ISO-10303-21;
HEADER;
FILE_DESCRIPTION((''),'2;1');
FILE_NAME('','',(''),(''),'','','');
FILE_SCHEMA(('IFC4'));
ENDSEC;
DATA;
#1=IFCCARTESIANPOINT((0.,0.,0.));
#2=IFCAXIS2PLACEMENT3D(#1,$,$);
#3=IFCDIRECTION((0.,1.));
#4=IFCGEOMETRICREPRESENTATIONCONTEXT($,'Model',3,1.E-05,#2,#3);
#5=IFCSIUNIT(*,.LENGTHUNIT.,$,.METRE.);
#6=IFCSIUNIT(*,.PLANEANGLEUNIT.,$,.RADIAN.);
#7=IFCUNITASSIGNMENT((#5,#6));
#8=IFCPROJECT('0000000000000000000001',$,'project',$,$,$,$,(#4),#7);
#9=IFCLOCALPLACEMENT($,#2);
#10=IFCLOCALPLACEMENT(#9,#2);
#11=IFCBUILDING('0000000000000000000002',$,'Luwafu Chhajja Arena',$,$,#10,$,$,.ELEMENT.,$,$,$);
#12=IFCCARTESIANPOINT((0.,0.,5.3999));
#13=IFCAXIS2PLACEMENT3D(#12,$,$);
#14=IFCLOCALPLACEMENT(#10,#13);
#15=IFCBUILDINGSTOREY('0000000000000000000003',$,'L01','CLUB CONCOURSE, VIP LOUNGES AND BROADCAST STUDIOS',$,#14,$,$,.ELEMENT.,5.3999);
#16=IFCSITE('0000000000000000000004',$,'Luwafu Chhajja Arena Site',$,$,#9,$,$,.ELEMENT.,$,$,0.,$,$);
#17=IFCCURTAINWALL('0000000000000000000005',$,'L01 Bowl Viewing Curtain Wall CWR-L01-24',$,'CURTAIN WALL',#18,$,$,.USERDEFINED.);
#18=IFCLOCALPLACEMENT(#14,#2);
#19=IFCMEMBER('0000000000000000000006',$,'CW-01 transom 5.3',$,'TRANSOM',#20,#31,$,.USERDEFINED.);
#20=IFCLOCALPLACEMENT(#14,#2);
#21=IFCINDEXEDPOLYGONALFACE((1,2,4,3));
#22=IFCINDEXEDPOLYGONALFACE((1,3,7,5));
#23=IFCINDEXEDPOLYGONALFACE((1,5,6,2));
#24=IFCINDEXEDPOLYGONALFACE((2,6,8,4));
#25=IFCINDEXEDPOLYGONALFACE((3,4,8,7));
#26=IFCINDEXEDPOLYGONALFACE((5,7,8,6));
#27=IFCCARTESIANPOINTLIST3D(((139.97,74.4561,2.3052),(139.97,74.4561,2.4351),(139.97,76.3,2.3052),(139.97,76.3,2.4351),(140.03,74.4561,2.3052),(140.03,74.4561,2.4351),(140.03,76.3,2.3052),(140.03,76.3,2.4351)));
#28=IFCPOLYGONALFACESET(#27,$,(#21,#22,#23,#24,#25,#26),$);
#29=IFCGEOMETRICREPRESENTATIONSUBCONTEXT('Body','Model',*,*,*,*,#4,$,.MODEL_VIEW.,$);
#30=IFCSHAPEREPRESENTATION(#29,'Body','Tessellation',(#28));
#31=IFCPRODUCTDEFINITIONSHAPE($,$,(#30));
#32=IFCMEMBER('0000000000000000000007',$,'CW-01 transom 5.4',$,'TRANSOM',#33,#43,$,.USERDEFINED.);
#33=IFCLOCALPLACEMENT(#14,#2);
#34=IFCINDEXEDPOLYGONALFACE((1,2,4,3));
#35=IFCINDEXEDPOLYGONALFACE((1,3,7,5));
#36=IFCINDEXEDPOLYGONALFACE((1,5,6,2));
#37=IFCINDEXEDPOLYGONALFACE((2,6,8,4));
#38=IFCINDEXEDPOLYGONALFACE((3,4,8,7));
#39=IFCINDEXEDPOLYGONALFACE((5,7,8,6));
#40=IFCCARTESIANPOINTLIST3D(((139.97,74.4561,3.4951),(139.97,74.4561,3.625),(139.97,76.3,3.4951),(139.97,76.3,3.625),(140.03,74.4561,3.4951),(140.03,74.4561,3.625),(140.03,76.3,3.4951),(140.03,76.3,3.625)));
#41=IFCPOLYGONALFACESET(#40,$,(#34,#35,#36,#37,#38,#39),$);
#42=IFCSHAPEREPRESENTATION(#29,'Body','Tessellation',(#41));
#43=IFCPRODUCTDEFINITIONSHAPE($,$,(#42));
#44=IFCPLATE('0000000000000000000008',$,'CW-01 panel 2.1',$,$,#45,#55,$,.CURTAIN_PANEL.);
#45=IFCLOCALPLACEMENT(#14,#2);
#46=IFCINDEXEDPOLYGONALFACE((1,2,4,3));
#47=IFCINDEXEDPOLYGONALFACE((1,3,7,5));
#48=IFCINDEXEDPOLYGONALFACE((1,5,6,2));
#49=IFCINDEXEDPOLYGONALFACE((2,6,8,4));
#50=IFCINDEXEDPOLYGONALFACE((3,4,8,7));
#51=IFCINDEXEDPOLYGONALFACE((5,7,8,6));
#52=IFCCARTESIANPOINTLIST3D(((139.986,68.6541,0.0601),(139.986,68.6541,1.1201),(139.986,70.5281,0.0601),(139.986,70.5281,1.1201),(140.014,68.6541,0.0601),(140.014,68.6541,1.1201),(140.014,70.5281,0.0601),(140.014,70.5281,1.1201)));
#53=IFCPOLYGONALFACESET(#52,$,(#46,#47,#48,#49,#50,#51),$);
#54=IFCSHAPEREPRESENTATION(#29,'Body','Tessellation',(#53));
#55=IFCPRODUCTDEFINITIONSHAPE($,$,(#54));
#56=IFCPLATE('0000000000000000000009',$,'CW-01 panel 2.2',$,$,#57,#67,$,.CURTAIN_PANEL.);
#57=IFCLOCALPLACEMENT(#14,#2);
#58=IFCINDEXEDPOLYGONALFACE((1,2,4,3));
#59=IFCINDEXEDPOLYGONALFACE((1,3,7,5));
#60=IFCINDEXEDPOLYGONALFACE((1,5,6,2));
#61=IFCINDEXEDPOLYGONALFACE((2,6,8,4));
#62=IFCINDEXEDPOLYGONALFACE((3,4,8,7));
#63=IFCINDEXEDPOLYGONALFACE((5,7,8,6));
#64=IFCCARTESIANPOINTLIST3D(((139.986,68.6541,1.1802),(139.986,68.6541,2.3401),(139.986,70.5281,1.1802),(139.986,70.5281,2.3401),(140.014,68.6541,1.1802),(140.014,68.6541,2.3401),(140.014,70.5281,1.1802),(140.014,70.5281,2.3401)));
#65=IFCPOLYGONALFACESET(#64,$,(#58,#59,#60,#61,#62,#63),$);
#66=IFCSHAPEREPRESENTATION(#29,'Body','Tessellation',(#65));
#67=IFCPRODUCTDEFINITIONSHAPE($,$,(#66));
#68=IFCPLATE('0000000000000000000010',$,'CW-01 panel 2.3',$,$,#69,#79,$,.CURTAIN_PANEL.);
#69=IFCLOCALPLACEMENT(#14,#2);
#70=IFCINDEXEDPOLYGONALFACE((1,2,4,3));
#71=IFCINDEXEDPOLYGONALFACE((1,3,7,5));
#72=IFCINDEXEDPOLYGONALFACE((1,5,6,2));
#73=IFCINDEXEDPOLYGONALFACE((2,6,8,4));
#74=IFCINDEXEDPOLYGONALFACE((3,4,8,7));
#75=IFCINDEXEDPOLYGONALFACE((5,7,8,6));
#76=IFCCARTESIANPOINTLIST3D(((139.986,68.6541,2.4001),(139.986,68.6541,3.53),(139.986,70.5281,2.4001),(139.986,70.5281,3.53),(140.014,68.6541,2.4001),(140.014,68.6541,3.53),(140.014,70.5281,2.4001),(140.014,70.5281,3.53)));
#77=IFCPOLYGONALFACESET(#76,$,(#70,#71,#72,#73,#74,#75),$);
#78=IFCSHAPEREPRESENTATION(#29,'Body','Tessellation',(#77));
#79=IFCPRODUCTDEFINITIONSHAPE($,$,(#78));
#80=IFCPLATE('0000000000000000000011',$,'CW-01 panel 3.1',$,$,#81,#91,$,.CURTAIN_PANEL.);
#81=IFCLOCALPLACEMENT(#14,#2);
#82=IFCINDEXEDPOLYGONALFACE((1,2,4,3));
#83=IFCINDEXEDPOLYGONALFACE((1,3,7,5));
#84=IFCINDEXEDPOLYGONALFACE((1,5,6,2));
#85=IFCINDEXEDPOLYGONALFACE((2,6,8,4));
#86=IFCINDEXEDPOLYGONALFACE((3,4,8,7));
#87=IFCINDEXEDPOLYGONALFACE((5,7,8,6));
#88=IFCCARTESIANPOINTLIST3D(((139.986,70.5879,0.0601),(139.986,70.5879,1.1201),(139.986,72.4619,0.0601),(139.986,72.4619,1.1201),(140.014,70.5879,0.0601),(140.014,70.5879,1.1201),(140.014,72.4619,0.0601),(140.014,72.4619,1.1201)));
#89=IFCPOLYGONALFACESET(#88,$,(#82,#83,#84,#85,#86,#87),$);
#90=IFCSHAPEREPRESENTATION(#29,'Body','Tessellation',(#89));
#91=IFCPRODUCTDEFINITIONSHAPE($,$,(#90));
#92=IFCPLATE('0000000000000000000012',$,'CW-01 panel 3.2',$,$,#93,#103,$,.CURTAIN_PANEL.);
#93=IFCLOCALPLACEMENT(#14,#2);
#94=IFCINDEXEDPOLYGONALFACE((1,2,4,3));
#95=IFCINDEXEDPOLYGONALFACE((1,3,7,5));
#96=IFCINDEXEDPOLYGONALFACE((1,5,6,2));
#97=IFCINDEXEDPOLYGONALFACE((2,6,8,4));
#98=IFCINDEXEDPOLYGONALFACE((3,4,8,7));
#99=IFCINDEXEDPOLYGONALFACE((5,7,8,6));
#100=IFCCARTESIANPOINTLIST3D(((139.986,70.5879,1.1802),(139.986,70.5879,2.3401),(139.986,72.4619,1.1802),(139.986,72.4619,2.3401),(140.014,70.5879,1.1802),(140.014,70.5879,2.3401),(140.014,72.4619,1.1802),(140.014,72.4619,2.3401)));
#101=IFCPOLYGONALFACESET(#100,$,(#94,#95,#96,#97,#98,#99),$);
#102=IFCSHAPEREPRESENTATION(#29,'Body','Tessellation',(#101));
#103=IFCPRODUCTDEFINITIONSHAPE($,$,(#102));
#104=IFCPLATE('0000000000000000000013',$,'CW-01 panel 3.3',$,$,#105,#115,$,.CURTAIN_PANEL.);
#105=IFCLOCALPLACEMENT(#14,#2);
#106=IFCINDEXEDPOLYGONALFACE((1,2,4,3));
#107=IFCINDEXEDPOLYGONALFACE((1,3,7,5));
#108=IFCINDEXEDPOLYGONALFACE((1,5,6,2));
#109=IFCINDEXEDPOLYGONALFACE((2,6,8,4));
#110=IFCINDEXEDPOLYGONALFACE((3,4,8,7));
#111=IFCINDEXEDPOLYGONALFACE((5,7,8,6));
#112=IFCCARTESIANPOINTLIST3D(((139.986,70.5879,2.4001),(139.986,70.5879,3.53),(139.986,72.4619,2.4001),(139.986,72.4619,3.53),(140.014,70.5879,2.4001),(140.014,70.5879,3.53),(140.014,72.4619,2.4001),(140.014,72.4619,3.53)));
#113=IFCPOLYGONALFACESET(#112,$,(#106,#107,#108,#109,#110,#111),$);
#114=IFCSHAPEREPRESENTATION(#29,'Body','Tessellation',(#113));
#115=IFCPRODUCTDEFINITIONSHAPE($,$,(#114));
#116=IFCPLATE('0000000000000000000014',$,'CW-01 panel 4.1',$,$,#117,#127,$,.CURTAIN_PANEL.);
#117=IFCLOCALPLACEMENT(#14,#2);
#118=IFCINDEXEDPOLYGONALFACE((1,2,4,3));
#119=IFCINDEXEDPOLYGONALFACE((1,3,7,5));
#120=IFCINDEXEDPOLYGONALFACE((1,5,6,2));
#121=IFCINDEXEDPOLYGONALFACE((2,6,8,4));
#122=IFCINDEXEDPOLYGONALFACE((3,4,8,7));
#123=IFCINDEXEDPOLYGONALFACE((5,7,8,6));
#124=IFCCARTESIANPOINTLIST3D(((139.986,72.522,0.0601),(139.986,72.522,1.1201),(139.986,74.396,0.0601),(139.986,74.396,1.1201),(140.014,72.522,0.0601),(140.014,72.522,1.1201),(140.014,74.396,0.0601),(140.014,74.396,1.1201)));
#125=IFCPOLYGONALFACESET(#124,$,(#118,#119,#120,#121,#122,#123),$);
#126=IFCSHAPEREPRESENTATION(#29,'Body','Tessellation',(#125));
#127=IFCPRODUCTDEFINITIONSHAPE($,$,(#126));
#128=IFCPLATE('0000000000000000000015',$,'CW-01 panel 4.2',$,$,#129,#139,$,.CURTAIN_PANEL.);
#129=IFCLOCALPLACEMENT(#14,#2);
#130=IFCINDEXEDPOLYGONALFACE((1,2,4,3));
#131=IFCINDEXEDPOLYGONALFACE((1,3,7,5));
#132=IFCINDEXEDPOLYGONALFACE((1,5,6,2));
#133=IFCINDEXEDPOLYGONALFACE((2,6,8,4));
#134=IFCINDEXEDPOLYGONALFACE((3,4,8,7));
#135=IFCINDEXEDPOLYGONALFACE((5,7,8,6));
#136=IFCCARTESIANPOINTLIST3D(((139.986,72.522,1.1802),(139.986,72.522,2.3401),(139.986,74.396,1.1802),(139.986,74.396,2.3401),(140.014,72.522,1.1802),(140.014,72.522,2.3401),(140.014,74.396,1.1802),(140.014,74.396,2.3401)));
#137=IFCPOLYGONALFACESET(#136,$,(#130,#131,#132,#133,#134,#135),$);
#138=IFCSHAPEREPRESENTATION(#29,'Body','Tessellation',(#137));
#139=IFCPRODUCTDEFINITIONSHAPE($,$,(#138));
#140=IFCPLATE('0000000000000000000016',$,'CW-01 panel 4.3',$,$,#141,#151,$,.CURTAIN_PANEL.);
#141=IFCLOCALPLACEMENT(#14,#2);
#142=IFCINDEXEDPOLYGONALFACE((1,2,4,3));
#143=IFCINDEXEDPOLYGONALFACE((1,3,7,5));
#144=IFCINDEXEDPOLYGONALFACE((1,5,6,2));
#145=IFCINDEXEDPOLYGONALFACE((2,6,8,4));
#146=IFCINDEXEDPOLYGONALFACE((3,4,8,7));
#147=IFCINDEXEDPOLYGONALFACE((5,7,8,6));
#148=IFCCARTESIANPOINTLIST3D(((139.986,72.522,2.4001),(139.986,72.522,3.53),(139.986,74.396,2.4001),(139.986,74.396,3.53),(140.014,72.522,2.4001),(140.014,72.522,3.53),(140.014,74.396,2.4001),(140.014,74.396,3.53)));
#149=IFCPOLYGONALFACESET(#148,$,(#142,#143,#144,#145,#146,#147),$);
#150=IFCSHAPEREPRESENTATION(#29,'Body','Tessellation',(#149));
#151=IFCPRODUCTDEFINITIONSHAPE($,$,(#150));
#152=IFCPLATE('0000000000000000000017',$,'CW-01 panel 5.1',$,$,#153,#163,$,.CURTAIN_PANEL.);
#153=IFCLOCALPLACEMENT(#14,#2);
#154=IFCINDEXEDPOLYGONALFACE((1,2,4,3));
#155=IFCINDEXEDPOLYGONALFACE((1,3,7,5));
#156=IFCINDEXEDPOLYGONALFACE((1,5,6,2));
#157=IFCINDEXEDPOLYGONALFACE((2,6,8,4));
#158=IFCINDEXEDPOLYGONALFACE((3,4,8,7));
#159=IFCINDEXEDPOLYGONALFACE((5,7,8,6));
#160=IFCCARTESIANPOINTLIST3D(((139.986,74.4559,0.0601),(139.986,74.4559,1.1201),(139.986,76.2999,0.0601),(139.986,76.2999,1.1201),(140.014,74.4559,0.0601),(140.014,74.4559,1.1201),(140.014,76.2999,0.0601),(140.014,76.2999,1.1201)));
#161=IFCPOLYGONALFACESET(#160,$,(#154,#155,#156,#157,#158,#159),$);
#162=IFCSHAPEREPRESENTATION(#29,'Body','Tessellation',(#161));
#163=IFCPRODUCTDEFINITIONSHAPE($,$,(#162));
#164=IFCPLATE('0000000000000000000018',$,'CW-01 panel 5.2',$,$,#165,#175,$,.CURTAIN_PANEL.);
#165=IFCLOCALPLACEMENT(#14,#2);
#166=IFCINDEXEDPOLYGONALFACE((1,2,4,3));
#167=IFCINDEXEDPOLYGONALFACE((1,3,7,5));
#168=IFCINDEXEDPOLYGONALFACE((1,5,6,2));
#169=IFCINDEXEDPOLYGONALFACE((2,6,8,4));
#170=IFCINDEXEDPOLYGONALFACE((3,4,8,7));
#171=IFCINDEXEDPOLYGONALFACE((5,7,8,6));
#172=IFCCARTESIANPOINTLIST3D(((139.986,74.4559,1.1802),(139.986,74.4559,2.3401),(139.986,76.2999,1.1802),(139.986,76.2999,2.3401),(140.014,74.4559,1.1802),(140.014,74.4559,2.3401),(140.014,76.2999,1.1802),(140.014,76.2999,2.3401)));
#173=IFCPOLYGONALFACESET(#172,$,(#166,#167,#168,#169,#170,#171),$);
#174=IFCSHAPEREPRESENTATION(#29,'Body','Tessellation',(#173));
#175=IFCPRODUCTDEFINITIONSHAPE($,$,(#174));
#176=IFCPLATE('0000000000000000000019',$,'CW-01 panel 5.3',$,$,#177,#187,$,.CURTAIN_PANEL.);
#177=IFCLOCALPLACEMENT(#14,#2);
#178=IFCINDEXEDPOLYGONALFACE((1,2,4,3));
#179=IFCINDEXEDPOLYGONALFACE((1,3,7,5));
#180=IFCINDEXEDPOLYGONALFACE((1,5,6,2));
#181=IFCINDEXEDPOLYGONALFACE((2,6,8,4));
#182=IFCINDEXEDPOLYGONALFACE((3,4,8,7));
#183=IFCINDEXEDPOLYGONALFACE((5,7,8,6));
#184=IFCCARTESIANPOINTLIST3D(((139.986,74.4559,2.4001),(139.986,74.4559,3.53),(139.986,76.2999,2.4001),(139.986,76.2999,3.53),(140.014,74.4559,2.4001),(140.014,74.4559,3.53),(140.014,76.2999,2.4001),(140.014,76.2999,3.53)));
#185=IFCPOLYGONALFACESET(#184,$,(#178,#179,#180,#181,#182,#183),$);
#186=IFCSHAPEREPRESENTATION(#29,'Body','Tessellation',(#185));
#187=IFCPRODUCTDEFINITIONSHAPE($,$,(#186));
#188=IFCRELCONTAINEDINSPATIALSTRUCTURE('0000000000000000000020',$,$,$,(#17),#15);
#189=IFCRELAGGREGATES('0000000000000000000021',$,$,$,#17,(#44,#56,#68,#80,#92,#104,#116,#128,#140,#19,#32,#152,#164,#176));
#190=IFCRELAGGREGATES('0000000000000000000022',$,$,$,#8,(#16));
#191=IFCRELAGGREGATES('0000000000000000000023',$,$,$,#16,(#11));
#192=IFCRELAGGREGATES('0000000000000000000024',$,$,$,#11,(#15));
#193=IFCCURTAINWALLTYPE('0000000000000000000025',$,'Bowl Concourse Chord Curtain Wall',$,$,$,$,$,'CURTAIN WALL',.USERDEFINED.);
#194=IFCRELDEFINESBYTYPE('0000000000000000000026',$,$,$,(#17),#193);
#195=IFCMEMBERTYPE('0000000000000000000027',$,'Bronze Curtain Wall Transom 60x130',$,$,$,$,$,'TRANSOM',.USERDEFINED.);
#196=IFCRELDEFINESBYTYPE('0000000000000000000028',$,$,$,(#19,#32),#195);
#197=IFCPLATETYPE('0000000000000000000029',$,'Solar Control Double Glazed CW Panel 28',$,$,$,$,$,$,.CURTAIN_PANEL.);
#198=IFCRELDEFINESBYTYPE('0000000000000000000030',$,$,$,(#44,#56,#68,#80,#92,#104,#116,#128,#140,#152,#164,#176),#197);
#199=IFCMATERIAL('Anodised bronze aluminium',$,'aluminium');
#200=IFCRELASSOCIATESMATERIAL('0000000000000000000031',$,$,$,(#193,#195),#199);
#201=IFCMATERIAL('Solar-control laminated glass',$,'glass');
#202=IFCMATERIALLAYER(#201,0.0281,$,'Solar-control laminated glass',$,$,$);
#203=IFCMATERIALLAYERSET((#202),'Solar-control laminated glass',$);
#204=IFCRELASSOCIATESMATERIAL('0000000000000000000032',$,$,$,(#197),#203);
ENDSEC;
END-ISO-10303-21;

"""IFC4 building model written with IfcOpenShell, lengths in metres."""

from ifc_helpers import new_model, si_unit, direction, frame, origin, origin_2d, place, context, subcontext, project, spatial, rectangle, extrude, material, layer, layer_set, material_profile, profile_set, type_object, element, aggregate, save


model = new_model("IFC4")

# Units and contexts
model_context = context("Model", 3, precision=1e-05, world=origin(), true_north=direction((0.0, 1.0)))
body_context = subcontext(model_context, "Body", "Model", "MODEL_VIEW")
ifc_project = project(units=[si_unit("LENGTHUNIT", "METRE"), si_unit("PLANEANGLEUNIT", "RADIAN")], contexts=[model_context])

# Site, building, storey
site_placement = place(None, origin())
site = spatial("IfcSite", under=ifc_project, at=site_placement, Name="Luwafu Chhajja Arena Site", CompositionType="ELEMENT", RefElevation=0.0)
building_placement = place(site_placement, origin())
building = spatial("IfcBuilding", under=site, at=building_placement, Name="Luwafu Chhajja Arena", CompositionType="ELEMENT")
storey_placement = place(building_placement, frame((0.0, 0.0, 5.3999)))
storey = spatial("IfcBuildingStorey", under=building, at=storey_placement, Name="L01", Description="CLUB CONCOURSE, VIP LOUNGES AND BROADCAST STUDIOS", CompositionType="ELEMENT", Elevation=5.3999)

# Curtain wall, members, plates
ifc_material_1 = material(Name="Anodised bronze aluminium", Category="aluminium")
curtain_wall_type = type_object("IfcCurtainWallType", Name="Bowl Concourse Chord Curtain Wall", ElementType="CURTAIN WALL", PredefinedType="USERDEFINED", material=ifc_material_1)
curtain_wall_placement = place(storey_placement, origin())
curtain_wall = element("IfcCurtainWall", 1, at=curtain_wall_placement, inside=storey, type_object=curtain_wall_type, Name="L01 Bowl Viewing Curtain Wall CWR-L01-24", ObjectType="CURTAIN WALL", PredefinedType="USERDEFINED")
ifc_material_profile_1 = material_profile(ifc_material_1, rectangle(XDim=0.0601, YDim=0.1299, at=origin_2d()), Name="CWT 60x130")
ifc_profile_set_1 = profile_set([ifc_material_profile_1], Name="Anodised bronze aluminium")
member_type_1 = type_object("IfcMemberType", Name="Bronze Curtain Wall Transom 60x130", ElementType="TRANSOM", PredefinedType="USERDEFINED", material=ifc_profile_set_1)
member_1_placement = place(storey_placement, frame((140.0, 74.4561, 2.3701), z_axis=(0.0, 1.0, 0.0), x_axis=(-1.0, 0.0, 0.0)))
member_1 = element("IfcMember", 2, at=member_1_placement, type_object=member_type_1, Name="CW-01 transom 5.3", ObjectType="TRANSOM", PredefinedType="USERDEFINED", context=body_context, shape_type="SweptSolid", body=[
    extrude(rectangle(XDim=0.0601, YDim=0.1299, at=origin_2d()), origin(), (0.0, 0.0, 1.0), 1.844),
])
member_2_placement = place(storey_placement, frame((140.0, 74.4561, 3.5601), z_axis=(0.0, 1.0, 0.0), x_axis=(-1.0, 0.0, 0.0)))
member_2 = element("IfcMember", 3, at=member_2_placement, type_object=member_type_1, Name="CW-01 transom 5.4", ObjectType="TRANSOM", PredefinedType="USERDEFINED", context=body_context, shape_type="SweptSolid", body=[
    extrude(rectangle(XDim=0.0601, YDim=0.1299, at=origin_2d()), origin(), (0.0, 0.0, 1.0), 1.844),
])
ifc_material_2 = material(Name="Solar-control laminated glass", Category="glass")
ifc_layer = layer(ifc_material_2, 0.0281, Name="Solar-control laminated glass")
ifc_layer_set = layer_set([ifc_layer], Name="Solar-control laminated glass")
plate_type = type_object("IfcPlateType", Name="Solar Control Double Glazed CW Panel 28", PredefinedType="CURTAIN_PANEL", material=ifc_layer_set)
plate_1_placement = place(storey_placement, frame((140.0, 69.5911, 0.0601), z_axis=(0.0, 0.0, 1.0), x_axis=(0.0, 1.0, 0.0)))
plate_1 = element("IfcPlate", 4, at=plate_1_placement, type_object=plate_type, Name="CW-01 panel 2.1", PredefinedType="CURTAIN_PANEL", context=body_context, shape_type="SweptSolid", body=[
    extrude(rectangle(XDim=1.874, YDim=0.0281, at=origin_2d()), origin(), (0.0, 0.0, 1.0), 1.0601),
])
plate_2_placement = place(storey_placement, frame((140.0, 69.5911, 1.1802), z_axis=(0.0, 0.0, 1.0), x_axis=(0.0, 1.0, 0.0)))
plate_2 = element("IfcPlate", 5, at=plate_2_placement, type_object=plate_type, Name="CW-01 panel 2.2", PredefinedType="CURTAIN_PANEL", context=body_context, shape_type="SweptSolid", body=[
    extrude(rectangle(XDim=1.874, YDim=0.0281, at=origin_2d()), origin(), (0.0, 0.0, 1.0), 1.1599),
])
plate_3_placement = place(storey_placement, frame((140.0, 69.5911, 2.4001), z_axis=(0.0, 0.0, 1.0), x_axis=(0.0, 1.0, 0.0)))
plate_3 = element("IfcPlate", 6, at=plate_3_placement, type_object=plate_type, Name="CW-01 panel 2.3", PredefinedType="CURTAIN_PANEL", context=body_context, shape_type="SweptSolid", body=[
    extrude(rectangle(XDim=1.874, YDim=0.0281, at=origin_2d()), origin(), (0.0, 0.0, 1.0), 1.1299),
])
plate_4_placement = place(storey_placement, frame((140.0, 71.5249, 0.0601), z_axis=(0.0, 0.0, 1.0), x_axis=(0.0, 1.0, 0.0)))
plate_4 = element("IfcPlate", 7, at=plate_4_placement, type_object=plate_type, Name="CW-01 panel 3.1", PredefinedType="CURTAIN_PANEL", context=body_context, shape_type="SweptSolid", body=[
    extrude(rectangle(XDim=1.874, YDim=0.0281, at=origin_2d()), origin(), (0.0, 0.0, 1.0), 1.0601),
])
plate_5_placement = place(storey_placement, frame((140.0, 71.5249, 1.1802), z_axis=(0.0, 0.0, 1.0), x_axis=(0.0, 1.0, 0.0)))
plate_5 = element("IfcPlate", 8, at=plate_5_placement, type_object=plate_type, Name="CW-01 panel 3.2", PredefinedType="CURTAIN_PANEL", context=body_context, shape_type="SweptSolid", body=[
    extrude(rectangle(XDim=1.874, YDim=0.0281, at=origin_2d()), origin(), (0.0, 0.0, 1.0), 1.1599),
])
plate_6_placement = place(storey_placement, frame((140.0, 71.5249, 2.4001), z_axis=(0.0, 0.0, 1.0), x_axis=(0.0, 1.0, 0.0)))
plate_6 = element("IfcPlate", 9, at=plate_6_placement, type_object=plate_type, Name="CW-01 panel 3.3", PredefinedType="CURTAIN_PANEL", context=body_context, shape_type="SweptSolid", body=[
    extrude(rectangle(XDim=1.874, YDim=0.0281, at=origin_2d()), origin(), (0.0, 0.0, 1.0), 1.1299),
])
plate_7_placement = place(storey_placement, frame((140.0, 73.459, 0.0601), z_axis=(0.0, 0.0, 1.0), x_axis=(0.0, 1.0, 0.0)))
plate_7 = element("IfcPlate", 10, at=plate_7_placement, type_object=plate_type, Name="CW-01 panel 4.1", PredefinedType="CURTAIN_PANEL", context=body_context, shape_type="SweptSolid", body=[
    extrude(rectangle(XDim=1.874, YDim=0.0281, at=origin_2d()), origin(), (0.0, 0.0, 1.0), 1.0601),
])
plate_8_placement = place(storey_placement, frame((140.0, 73.459, 1.1802), z_axis=(0.0, 0.0, 1.0), x_axis=(0.0, 1.0, 0.0)))
plate_8 = element("IfcPlate", 11, at=plate_8_placement, type_object=plate_type, Name="CW-01 panel 4.2", PredefinedType="CURTAIN_PANEL", context=body_context, shape_type="SweptSolid", body=[
    extrude(rectangle(XDim=1.874, YDim=0.0281, at=origin_2d()), origin(), (0.0, 0.0, 1.0), 1.1599),
])
plate_9_placement = place(storey_placement, frame((140.0, 73.459, 2.4001), z_axis=(0.0, 0.0, 1.0), x_axis=(0.0, 1.0, 0.0)))
plate_9 = element("IfcPlate", 12, at=plate_9_placement, type_object=plate_type, Name="CW-01 panel 4.3", PredefinedType="CURTAIN_PANEL", context=body_context, shape_type="SweptSolid", body=[
    extrude(rectangle(XDim=1.874, YDim=0.0281, at=origin_2d()), origin(), (0.0, 0.0, 1.0), 1.1299),
])
plate_10_placement = place(storey_placement, frame((140.0, 75.3779, 0.0601), z_axis=(0.0, 0.0, 1.0), x_axis=(0.0, 1.0, 0.0)))
plate_10 = element("IfcPlate", 13, at=plate_10_placement, type_object=plate_type, Name="CW-01 panel 5.1", PredefinedType="CURTAIN_PANEL", context=body_context, shape_type="SweptSolid", body=[
    extrude(rectangle(XDim=1.844, YDim=0.0281, at=origin_2d()), origin(), (0.0, 0.0, 1.0), 1.0601),
])
plate_11_placement = place(storey_placement, frame((140.0, 75.3779, 1.1802), z_axis=(0.0, 0.0, 1.0), x_axis=(0.0, 1.0, 0.0)))
plate_11 = element("IfcPlate", 14, at=plate_11_placement, type_object=plate_type, Name="CW-01 panel 5.2", PredefinedType="CURTAIN_PANEL", context=body_context, shape_type="SweptSolid", body=[
    extrude(rectangle(XDim=1.844, YDim=0.0281, at=origin_2d()), origin(), (0.0, 0.0, 1.0), 1.1599),
])
plate_12_placement = place(storey_placement, frame((140.0, 75.3779, 2.4001), z_axis=(0.0, 0.0, 1.0), x_axis=(0.0, 1.0, 0.0)))
plate_12 = element("IfcPlate", 15, at=plate_12_placement, type_object=plate_type, Name="CW-01 panel 5.3", PredefinedType="CURTAIN_PANEL", context=body_context, shape_type="SweptSolid", body=[
    extrude(rectangle(XDim=1.844, YDim=0.0281, at=origin_2d()), origin(), (0.0, 0.0, 1.0), 1.1299),
])
aggregate(curtain_wall, [plate_1, plate_2, plate_3, plate_4, plate_5, plate_6, plate_7, plate_8, plate_9, member_1, member_2, plate_10, plate_11, plate_12])

save(model, "model.ifc")
